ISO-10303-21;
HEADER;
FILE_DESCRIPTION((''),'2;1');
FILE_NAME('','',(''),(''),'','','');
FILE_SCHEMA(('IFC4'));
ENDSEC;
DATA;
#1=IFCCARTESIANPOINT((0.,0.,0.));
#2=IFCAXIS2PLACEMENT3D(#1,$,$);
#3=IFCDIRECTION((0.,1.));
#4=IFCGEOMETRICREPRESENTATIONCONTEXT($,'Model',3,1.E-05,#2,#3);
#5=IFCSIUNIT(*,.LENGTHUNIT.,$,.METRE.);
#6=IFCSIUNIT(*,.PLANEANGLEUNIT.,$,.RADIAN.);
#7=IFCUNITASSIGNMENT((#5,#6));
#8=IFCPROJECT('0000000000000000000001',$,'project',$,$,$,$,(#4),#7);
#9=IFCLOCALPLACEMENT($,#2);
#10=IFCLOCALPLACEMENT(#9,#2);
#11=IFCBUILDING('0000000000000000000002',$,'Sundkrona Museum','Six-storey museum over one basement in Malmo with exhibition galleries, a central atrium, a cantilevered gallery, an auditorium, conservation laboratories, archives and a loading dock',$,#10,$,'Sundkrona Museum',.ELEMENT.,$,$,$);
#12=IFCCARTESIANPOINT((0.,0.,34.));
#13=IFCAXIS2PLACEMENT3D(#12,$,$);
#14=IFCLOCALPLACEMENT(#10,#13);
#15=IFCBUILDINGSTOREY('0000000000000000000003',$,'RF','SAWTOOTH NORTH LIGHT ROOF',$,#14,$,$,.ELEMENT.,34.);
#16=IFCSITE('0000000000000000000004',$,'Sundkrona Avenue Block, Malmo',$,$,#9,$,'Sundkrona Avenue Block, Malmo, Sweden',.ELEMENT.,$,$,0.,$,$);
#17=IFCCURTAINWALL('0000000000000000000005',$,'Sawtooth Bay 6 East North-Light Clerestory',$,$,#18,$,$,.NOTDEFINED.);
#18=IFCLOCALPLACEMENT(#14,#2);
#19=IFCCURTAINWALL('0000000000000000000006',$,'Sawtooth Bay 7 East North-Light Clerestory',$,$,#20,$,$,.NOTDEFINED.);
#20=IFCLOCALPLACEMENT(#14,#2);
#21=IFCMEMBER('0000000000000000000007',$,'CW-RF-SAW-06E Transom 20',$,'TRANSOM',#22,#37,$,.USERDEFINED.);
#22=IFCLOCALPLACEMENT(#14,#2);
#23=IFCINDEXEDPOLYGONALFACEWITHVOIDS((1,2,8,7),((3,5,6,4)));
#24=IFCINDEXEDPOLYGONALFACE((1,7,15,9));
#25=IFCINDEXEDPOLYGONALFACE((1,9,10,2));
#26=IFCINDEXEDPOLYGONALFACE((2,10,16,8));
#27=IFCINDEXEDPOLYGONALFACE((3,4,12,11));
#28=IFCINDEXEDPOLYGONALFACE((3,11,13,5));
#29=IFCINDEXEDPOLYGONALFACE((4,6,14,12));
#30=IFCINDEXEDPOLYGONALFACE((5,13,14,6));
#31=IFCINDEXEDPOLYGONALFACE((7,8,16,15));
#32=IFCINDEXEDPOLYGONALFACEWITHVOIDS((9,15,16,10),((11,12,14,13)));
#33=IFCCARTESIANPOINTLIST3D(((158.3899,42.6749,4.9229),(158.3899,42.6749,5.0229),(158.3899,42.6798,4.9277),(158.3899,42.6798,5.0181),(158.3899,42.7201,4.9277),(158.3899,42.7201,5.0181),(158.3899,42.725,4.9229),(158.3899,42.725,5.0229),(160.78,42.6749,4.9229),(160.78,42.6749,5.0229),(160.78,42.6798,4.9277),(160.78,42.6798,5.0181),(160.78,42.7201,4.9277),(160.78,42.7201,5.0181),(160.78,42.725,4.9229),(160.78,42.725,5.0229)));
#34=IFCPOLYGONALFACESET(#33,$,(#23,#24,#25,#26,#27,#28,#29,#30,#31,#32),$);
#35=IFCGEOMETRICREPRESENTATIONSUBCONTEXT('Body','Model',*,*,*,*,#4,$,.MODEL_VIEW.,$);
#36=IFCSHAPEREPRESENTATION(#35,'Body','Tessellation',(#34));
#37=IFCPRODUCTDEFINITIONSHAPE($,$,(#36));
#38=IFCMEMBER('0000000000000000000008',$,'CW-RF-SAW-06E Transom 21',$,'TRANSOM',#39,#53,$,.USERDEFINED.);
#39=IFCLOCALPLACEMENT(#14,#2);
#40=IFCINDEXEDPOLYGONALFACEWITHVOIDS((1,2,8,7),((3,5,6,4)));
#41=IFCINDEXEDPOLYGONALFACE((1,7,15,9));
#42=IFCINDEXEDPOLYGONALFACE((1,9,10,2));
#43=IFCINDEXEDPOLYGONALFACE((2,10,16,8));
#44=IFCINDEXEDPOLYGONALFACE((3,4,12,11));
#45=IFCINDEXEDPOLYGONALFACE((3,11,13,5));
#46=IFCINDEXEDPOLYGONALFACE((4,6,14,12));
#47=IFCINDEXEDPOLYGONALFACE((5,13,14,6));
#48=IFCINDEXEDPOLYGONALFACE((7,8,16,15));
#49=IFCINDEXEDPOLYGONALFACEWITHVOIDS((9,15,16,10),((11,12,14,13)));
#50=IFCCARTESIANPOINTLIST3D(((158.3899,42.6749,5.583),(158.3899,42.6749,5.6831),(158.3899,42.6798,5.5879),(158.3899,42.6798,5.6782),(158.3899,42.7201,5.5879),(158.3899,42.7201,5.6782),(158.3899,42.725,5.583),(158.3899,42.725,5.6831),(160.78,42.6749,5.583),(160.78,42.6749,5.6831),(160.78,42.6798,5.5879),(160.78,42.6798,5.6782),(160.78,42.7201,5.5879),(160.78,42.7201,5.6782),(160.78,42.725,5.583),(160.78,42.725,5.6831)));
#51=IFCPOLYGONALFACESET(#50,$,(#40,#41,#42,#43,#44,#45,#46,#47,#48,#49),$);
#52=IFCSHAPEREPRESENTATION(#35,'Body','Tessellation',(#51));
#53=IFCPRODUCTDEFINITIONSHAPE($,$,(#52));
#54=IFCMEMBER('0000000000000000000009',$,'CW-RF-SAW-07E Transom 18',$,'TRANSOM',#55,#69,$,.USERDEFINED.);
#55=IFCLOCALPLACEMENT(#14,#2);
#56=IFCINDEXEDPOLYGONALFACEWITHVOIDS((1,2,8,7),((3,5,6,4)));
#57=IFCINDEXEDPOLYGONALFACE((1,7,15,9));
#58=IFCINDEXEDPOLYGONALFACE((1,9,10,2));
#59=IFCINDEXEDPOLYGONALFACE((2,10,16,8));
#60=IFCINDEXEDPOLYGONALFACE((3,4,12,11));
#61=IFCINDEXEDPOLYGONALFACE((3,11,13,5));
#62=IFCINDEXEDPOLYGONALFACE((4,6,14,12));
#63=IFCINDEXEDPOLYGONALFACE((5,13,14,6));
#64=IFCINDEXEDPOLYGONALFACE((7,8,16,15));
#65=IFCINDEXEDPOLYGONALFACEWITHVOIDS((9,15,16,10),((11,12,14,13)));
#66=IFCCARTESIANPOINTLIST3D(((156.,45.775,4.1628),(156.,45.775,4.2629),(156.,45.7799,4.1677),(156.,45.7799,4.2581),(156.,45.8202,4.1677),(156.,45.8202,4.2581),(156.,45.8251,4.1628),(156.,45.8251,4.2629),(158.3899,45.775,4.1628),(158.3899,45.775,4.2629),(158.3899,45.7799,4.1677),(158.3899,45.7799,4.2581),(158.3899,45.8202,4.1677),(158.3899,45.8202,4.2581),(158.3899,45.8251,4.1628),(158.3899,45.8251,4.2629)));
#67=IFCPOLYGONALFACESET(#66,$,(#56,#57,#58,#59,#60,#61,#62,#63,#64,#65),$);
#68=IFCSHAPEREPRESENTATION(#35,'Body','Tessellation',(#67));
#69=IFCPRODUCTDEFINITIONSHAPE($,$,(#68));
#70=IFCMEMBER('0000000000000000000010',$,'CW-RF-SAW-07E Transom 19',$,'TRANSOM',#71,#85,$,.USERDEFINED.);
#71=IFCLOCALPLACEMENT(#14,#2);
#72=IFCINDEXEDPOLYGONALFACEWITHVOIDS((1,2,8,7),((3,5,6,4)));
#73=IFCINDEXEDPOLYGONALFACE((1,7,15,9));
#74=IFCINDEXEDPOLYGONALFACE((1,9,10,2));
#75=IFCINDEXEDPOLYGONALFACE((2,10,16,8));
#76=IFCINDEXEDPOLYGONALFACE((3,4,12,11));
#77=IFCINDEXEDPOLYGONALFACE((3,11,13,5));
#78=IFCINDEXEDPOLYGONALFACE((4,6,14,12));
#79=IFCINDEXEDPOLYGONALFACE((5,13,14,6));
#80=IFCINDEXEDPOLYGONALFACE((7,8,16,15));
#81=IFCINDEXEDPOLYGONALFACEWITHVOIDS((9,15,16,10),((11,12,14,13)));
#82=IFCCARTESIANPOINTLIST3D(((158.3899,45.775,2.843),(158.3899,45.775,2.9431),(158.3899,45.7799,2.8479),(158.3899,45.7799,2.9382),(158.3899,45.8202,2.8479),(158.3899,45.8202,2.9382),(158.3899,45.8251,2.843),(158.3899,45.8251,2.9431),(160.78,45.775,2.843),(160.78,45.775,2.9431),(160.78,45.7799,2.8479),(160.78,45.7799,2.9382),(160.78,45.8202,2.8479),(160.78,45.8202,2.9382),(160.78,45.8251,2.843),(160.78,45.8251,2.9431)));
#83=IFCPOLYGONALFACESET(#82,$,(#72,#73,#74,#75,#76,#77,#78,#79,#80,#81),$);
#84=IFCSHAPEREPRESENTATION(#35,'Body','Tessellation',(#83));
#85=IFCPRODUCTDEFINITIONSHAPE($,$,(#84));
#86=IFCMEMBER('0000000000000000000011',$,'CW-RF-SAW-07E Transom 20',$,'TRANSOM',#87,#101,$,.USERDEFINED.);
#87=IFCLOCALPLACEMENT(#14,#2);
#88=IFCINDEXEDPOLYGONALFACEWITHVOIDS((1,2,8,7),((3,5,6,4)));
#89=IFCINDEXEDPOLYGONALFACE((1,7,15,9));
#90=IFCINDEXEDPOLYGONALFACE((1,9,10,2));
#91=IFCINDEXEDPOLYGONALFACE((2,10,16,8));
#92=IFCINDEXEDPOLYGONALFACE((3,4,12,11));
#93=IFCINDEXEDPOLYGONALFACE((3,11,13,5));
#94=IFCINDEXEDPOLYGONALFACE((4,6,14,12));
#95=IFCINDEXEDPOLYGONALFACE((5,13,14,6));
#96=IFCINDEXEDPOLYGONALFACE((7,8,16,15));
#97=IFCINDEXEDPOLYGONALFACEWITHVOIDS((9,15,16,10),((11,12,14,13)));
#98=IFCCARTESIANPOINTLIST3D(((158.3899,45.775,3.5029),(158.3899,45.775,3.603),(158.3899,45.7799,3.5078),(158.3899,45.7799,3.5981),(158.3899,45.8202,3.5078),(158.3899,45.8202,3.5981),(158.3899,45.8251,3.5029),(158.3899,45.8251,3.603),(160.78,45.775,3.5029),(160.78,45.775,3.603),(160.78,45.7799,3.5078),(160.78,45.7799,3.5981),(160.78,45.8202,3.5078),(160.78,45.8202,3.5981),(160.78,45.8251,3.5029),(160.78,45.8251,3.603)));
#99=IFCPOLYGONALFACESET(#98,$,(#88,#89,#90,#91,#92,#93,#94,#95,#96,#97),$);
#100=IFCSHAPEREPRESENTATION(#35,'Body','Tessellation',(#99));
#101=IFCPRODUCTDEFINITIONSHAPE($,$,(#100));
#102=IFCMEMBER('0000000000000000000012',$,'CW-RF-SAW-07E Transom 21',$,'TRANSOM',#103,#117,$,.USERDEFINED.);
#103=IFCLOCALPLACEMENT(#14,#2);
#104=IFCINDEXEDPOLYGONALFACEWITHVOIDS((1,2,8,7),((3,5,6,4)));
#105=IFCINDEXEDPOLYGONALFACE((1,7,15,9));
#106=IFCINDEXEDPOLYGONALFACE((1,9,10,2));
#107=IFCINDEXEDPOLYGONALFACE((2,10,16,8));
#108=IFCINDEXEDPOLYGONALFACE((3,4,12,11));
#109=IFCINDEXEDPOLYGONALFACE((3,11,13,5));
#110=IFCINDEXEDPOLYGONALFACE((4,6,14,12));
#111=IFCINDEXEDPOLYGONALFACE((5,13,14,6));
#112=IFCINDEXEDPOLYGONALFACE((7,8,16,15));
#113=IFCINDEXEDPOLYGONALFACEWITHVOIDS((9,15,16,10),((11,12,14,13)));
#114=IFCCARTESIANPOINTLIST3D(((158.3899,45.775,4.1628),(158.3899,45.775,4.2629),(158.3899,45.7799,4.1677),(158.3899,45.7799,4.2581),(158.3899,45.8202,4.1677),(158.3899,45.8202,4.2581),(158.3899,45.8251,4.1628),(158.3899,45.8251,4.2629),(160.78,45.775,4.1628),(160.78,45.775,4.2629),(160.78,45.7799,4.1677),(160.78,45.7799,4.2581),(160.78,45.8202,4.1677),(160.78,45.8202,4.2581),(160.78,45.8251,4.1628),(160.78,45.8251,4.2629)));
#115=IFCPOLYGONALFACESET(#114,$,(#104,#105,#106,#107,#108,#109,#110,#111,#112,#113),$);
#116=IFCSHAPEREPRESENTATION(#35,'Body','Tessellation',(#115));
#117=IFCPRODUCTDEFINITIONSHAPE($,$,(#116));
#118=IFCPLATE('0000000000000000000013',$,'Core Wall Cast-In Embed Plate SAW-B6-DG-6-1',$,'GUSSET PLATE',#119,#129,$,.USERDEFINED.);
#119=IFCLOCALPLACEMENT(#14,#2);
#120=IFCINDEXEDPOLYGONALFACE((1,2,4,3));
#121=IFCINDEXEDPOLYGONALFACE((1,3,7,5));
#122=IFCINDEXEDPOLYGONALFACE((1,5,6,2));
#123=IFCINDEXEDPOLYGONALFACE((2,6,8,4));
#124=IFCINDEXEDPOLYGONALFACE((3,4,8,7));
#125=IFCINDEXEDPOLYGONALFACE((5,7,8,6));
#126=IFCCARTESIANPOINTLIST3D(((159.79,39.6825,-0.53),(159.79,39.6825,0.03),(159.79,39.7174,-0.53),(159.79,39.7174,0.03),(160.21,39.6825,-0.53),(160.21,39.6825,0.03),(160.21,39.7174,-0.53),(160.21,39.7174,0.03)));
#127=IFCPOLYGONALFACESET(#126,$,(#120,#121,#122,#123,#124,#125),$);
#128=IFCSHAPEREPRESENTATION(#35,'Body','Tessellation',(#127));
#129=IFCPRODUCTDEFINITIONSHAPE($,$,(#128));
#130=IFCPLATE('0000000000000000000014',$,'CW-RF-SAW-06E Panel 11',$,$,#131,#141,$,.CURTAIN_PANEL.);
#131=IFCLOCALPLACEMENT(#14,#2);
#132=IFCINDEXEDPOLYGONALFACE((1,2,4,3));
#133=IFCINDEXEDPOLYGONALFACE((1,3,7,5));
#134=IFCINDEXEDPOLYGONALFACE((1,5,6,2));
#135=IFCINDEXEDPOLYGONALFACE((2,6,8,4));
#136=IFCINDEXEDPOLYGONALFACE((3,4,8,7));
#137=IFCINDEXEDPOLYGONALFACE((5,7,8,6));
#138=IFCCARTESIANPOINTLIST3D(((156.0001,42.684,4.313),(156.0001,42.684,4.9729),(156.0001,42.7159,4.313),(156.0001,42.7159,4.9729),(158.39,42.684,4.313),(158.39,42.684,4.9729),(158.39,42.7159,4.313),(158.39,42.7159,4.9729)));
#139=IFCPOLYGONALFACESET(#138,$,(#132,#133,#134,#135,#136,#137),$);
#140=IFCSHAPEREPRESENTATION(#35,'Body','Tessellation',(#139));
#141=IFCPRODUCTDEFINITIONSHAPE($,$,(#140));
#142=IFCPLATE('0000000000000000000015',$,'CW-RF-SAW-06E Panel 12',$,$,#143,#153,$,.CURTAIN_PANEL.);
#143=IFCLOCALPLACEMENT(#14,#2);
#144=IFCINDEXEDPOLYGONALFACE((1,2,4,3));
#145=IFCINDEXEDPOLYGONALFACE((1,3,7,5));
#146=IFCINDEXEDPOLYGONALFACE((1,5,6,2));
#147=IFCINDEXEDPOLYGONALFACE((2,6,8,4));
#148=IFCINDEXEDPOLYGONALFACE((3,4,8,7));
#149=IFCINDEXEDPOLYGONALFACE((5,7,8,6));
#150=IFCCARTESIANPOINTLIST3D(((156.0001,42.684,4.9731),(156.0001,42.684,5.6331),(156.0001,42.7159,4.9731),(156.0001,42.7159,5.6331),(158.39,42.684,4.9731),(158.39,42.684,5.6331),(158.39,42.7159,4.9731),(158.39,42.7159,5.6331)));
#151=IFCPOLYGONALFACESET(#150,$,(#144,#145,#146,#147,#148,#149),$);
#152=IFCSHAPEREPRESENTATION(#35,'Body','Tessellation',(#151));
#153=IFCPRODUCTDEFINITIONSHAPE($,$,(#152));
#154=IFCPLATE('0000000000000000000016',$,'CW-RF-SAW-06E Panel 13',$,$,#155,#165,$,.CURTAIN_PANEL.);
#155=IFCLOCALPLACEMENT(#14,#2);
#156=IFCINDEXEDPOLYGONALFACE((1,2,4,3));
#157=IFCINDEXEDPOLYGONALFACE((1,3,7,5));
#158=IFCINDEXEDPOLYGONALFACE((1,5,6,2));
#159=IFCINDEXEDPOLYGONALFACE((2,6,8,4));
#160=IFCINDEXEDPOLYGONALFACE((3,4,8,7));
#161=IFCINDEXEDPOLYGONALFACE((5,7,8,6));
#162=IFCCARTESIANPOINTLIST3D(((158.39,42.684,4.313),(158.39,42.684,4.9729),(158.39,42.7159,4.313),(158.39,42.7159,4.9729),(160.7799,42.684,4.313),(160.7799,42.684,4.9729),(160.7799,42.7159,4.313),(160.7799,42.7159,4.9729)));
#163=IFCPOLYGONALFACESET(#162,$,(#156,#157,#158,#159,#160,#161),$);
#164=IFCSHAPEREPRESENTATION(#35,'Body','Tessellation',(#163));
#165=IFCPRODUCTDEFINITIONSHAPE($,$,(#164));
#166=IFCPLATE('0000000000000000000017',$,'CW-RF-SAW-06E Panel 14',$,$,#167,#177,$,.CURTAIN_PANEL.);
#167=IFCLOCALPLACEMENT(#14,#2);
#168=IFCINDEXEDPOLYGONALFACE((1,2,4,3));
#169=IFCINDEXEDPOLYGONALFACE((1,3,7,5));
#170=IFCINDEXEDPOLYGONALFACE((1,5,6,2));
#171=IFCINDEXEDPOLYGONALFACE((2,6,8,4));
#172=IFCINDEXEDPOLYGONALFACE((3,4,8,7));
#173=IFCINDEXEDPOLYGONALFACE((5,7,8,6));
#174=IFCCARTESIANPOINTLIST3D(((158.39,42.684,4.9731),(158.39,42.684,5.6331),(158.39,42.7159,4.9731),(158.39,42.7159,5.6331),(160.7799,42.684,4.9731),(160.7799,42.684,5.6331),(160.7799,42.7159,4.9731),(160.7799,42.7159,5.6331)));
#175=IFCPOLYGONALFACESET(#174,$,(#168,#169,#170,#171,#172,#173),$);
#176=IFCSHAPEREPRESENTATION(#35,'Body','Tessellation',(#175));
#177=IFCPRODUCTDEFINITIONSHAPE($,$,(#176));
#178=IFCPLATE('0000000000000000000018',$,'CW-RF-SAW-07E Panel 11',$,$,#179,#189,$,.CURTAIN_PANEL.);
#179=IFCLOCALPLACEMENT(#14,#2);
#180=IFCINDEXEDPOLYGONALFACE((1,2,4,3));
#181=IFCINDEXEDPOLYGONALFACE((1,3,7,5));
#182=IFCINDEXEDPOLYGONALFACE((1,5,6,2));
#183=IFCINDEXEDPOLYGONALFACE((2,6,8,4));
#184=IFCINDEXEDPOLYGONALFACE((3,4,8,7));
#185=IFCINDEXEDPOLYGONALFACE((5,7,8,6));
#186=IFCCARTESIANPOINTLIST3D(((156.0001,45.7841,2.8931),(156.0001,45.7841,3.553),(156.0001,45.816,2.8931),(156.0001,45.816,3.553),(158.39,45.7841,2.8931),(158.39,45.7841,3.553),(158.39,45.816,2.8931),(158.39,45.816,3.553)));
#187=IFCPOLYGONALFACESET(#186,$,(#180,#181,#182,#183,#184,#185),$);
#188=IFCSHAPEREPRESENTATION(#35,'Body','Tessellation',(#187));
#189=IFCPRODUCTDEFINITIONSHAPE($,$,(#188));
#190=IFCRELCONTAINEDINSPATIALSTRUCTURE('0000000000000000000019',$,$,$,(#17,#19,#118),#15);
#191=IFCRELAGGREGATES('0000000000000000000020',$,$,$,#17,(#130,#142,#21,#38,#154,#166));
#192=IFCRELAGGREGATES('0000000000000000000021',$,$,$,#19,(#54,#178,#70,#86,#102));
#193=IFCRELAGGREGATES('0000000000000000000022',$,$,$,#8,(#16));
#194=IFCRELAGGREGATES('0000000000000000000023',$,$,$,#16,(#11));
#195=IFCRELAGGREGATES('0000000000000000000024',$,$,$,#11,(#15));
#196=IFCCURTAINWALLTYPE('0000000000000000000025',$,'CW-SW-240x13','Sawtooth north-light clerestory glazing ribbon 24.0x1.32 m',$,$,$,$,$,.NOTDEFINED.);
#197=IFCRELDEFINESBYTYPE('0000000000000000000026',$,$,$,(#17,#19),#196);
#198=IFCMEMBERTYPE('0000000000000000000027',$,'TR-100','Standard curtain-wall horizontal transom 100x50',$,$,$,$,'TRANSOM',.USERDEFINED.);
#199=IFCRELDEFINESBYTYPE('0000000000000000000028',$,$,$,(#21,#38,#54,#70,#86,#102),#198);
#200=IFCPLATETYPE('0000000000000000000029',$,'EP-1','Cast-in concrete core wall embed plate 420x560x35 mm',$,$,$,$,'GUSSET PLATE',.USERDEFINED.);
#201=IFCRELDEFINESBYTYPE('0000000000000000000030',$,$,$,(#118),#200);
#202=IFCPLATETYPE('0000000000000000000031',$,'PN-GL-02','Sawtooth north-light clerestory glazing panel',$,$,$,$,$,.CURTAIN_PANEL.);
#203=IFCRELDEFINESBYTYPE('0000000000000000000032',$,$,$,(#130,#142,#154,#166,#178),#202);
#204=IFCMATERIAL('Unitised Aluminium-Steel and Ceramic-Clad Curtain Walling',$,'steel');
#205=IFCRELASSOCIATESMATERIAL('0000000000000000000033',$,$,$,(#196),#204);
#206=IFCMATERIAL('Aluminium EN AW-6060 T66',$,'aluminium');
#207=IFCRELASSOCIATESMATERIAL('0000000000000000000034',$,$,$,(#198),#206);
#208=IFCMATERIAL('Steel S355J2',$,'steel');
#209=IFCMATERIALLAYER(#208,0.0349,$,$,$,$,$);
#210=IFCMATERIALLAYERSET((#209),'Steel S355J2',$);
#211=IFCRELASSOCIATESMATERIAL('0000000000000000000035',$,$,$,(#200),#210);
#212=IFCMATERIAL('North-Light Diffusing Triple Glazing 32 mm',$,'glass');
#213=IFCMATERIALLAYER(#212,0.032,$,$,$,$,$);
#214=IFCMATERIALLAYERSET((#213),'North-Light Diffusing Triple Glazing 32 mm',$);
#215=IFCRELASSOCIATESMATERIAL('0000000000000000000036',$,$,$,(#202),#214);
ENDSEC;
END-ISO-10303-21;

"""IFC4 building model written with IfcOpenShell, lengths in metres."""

from ifc_helpers import new_model, si_unit, direction, frame, origin, origin_2d, place, context, subcontext, project, spatial, rectangle, hollow_rectangle, extrude, material, layer, layer_set, material_profile, profile_set, type_object, element, aggregate, save


model = new_model("IFC4")

# Units and contexts
model_context = context("Model", 3, precision=1e-05, world=origin(), true_north=direction((0.0, 1.0)))
body_context = subcontext(model_context, "Body", "Model", "MODEL_VIEW")
ifc_project = project(units=[si_unit("LENGTHUNIT", "METRE"), si_unit("PLANEANGLEUNIT", "RADIAN")], contexts=[model_context])

# Site, building, storey
site_placement = place(None, origin())
site = spatial("IfcSite", under=ifc_project, at=site_placement, Name="Sundkrona Avenue Block, Malmo", LongName="Sundkrona Avenue Block, Malmo, Sweden", CompositionType="ELEMENT", RefElevation=0.0)
building_placement = place(site_placement, origin())
building = spatial("IfcBuilding", under=site, at=building_placement, Name="Sundkrona Museum", Description="Six-storey museum over one basement in Malmo with exhibition galleries, a central atrium, a cantilevered gallery, an auditorium, conservation laboratories, archives and a loading dock", LongName="Sundkrona Museum", CompositionType="ELEMENT")
storey_placement = place(building_placement, frame((0.0, 0.0, 34.0)))
storey = spatial("IfcBuildingStorey", under=building, at=storey_placement, Name="RF", Description="SAWTOOTH NORTH LIGHT ROOF", CompositionType="ELEMENT", Elevation=34.0)

# Curtain walls
ifc_material_1 = material(Name="Unitised Aluminium-Steel and Ceramic-Clad Curtain Walling", Category="steel")
curtain_wall_type = type_object("IfcCurtainWallType", Name="CW-SW-240x13", Description="Sawtooth north-light clerestory glazing ribbon 24.0x1.32 m", PredefinedType="NOTDEFINED", material=ifc_material_1)
curtain_wall_1_placement = place(storey_placement, origin())
curtain_wall_1 = element("IfcCurtainWall", 1, at=curtain_wall_1_placement, inside=storey, type_object=curtain_wall_type, Name="Sawtooth Bay 6 East North-Light Clerestory", PredefinedType="NOTDEFINED")
ifc_material_2 = material(Name="Aluminium EN AW-6060 T66", Category="aluminium")
curtain_wall_2_placement = place(storey_placement, origin())
curtain_wall_2 = element("IfcCurtainWall", 2, at=curtain_wall_2_placement, inside=storey, type_object=curtain_wall_type, Name="Sawtooth Bay 7 East North-Light Clerestory", PredefinedType="NOTDEFINED")

# Shared definitions
ifc_material_3 = material(Name="Steel S355J2", Category="steel")

# Members
ifc_material_profile_1 = material_profile(ifc_material_2, hollow_rectangle(XDim=0.05, YDim=0.1001, WallThickness=0.0049, at=origin_2d()), Name="RHS 100x50x5.0")
ifc_profile_set_1 = profile_set([ifc_material_profile_1], Name="Aluminium EN AW-6060 T66")
member_type_1 = type_object("IfcMemberType", Name="TR-100", Description="Standard curtain-wall horizontal transom 100x50", ElementType="TRANSOM", PredefinedType="USERDEFINED", material=ifc_profile_set_1)
member_1_placement = place(storey_placement, frame((158.3899, 42.7, 4.9729), z_axis=(1.0, 0.0, 0.0), x_axis=(0.0, 1.0, 0.0)))
member_1 = element("IfcMember", 3, at=member_1_placement, type_object=member_type_1, Name="CW-RF-SAW-06E Transom 20", ObjectType="TRANSOM", PredefinedType="USERDEFINED", context=body_context, shape_type="SweptSolid", body=[
    extrude(hollow_rectangle(XDim=0.05, YDim=0.1001, WallThickness=0.0049, at=origin_2d()), origin(), (0.0, 0.0, 1.0), 2.3901),
])
member_2_placement = place(storey_placement, frame((158.3899, 42.7, 5.6331), z_axis=(1.0, 0.0, 0.0), x_axis=(0.0, 1.0, 0.0)))
member_2 = element("IfcMember", 4, at=member_2_placement, type_object=member_type_1, Name="CW-RF-SAW-06E Transom 21", ObjectType="TRANSOM", PredefinedType="USERDEFINED", context=body_context, shape_type="SweptSolid", body=[
    extrude(hollow_rectangle(XDim=0.05, YDim=0.1001, WallThickness=0.0049, at=origin_2d()), origin(), (0.0, 0.0, 1.0), 2.3901),
])
member_3_placement = place(storey_placement, frame((156.0, 45.8, 4.2129), z_axis=(1.0, 0.0, 0.0), x_axis=(0.0, 1.0, 0.0)))
member_3 = element("IfcMember", 5, at=member_3_placement, type_object=member_type_1, Name="CW-RF-SAW-07E Transom 18", ObjectType="TRANSOM", PredefinedType="USERDEFINED", context=body_context, shape_type="SweptSolid", body=[
    extrude(hollow_rectangle(XDim=0.05, YDim=0.1001, WallThickness=0.0049, at=origin_2d()), origin(), (0.0, 0.0, 1.0), 2.3899),
])
member_4_placement = place(storey_placement, frame((158.3899, 45.8, 2.8931), z_axis=(1.0, 0.0, 0.0), x_axis=(0.0, 1.0, 0.0)))
member_4 = element("IfcMember", 6, at=member_4_placement, type_object=member_type_1, Name="CW-RF-SAW-07E Transom 19", ObjectType="TRANSOM", PredefinedType="USERDEFINED", context=body_context, shape_type="SweptSolid", body=[
    extrude(hollow_rectangle(XDim=0.05, YDim=0.1001, WallThickness=0.0049, at=origin_2d()), origin(), (0.0, 0.0, 1.0), 2.3901),
])
member_5_placement = place(storey_placement, frame((158.3899, 45.8, 3.553), z_axis=(1.0, 0.0, 0.0), x_axis=(0.0, 1.0, 0.0)))
member_5 = element("IfcMember", 7, at=member_5_placement, type_object=member_type_1, Name="CW-RF-SAW-07E Transom 20", ObjectType="TRANSOM", PredefinedType="USERDEFINED", context=body_context, shape_type="SweptSolid", body=[
    extrude(hollow_rectangle(XDim=0.05, YDim=0.1001, WallThickness=0.0049, at=origin_2d()), origin(), (0.0, 0.0, 1.0), 2.3901),
])
member_6_placement = place(storey_placement, frame((158.3899, 45.8, 4.2129), z_axis=(1.0, 0.0, 0.0), x_axis=(0.0, 1.0, 0.0)))
member_6 = element("IfcMember", 8, at=member_6_placement, type_object=member_type_1, Name="CW-RF-SAW-07E Transom 21", ObjectType="TRANSOM", PredefinedType="USERDEFINED", context=body_context, shape_type="SweptSolid", body=[
    extrude(hollow_rectangle(XDim=0.05, YDim=0.1001, WallThickness=0.0049, at=origin_2d()), origin(), (0.0, 0.0, 1.0), 2.3901),
])

# Plates
ifc_layer_1 = layer(ifc_material_3, 0.0349)
ifc_layer_set_1 = layer_set([ifc_layer_1], Name="Steel S355J2")
plate_type_1 = type_object("IfcPlateType", Name="EP-1", Description="Cast-in concrete core wall embed plate 420x560x35 mm", ElementType="GUSSET PLATE", PredefinedType="USERDEFINED", material=ifc_layer_set_1)
plate_1_placement = place(storey_placement, frame((160.0, 39.7, -0.53), z_axis=(0.0, 0.0, 1.0), x_axis=(1.0, 0.0, 0.0)))
element("IfcPlate", 9, at=plate_1_placement, inside=storey, type_object=plate_type_1, Name="Core Wall Cast-In Embed Plate SAW-B6-DG-6-1", ObjectType="GUSSET PLATE", PredefinedType="USERDEFINED", context=body_context, shape_type="SweptSolid", body=[
    extrude(rectangle(XDim=0.4199, YDim=0.0349, at=origin_2d()), origin(), (0.0, 0.0, 1.0), 0.5601),
])
ifc_material_4 = material(Name="North-Light Diffusing Triple Glazing 32 mm", Category="glass")
ifc_layer_2 = layer(ifc_material_4, 0.032)
ifc_layer_set_2 = layer_set([ifc_layer_2], Name="North-Light Diffusing Triple Glazing 32 mm")
plate_type_2 = type_object("IfcPlateType", Name="PN-GL-02", Description="Sawtooth north-light clerestory glazing panel", PredefinedType="CURTAIN_PANEL", material=ifc_layer_set_2)
plate_2_placement = place(storey_placement, frame((157.1951, 42.7, 4.313), z_axis=(0.0, 0.0, 1.0), x_axis=(1.0, 0.0, 0.0)))
plate_2 = element("IfcPlate", 10, at=plate_2_placement, type_object=plate_type_2, Name="CW-RF-SAW-06E Panel 11", PredefinedType="CURTAIN_PANEL", context=body_context, shape_type="SweptSolid", body=[
    extrude(rectangle(XDim=2.3899, YDim=0.032, at=origin_2d()), origin(), (0.0, 0.0, 1.0), 0.6599),
])
plate_3_placement = place(storey_placement, frame((157.1951, 42.7, 4.9731), z_axis=(0.0, 0.0, 1.0), x_axis=(1.0, 0.0, 0.0)))
plate_3 = element("IfcPlate", 11, at=plate_3_placement, type_object=plate_type_2, Name="CW-RF-SAW-06E Panel 12", PredefinedType="CURTAIN_PANEL", context=body_context, shape_type="SweptSolid", body=[
    extrude(rectangle(XDim=2.3899, YDim=0.032, at=origin_2d()), origin(), (0.0, 0.0, 1.0), 0.6599),
])
plate_4_placement = place(storey_placement, frame((159.585, 42.7, 4.313), z_axis=(0.0, 0.0, 1.0), x_axis=(1.0, 0.0, 0.0)))
plate_4 = element("IfcPlate", 12, at=plate_4_placement, type_object=plate_type_2, Name="CW-RF-SAW-06E Panel 13", PredefinedType="CURTAIN_PANEL", context=body_context, shape_type="SweptSolid", body=[
    extrude(rectangle(XDim=2.3899, YDim=0.032, at=origin_2d()), origin(), (0.0, 0.0, 1.0), 0.6599),
])
plate_5_placement = place(storey_placement, frame((159.585, 42.7, 4.9731), z_axis=(0.0, 0.0, 1.0), x_axis=(1.0, 0.0, 0.0)))
plate_5 = element("IfcPlate", 13, at=plate_5_placement, type_object=plate_type_2, Name="CW-RF-SAW-06E Panel 14", PredefinedType="CURTAIN_PANEL", context=body_context, shape_type="SweptSolid", body=[
    extrude(rectangle(XDim=2.3899, YDim=0.032, at=origin_2d()), origin(), (0.0, 0.0, 1.0), 0.6599),
])
aggregate(curtain_wall_1, [plate_2, plate_3, member_1, member_2, plate_4, plate_5])
plate_6_placement = place(storey_placement, frame((157.1951, 45.8, 2.8931), z_axis=(0.0, 0.0, 1.0), x_axis=(1.0, 0.0, 0.0)))
plate_6 = element("IfcPlate", 14, at=plate_6_placement, type_object=plate_type_2, Name="CW-RF-SAW-07E Panel 11", PredefinedType="CURTAIN_PANEL", context=body_context, shape_type="SweptSolid", body=[
    extrude(rectangle(XDim=2.3899, YDim=0.032, at=origin_2d()), origin(), (0.0, 0.0, 1.0), 0.6599),
])
aggregate(curtain_wall_2, [member_3, plate_6, member_4, member_5, member_6])

save(model, "model.ifc")
